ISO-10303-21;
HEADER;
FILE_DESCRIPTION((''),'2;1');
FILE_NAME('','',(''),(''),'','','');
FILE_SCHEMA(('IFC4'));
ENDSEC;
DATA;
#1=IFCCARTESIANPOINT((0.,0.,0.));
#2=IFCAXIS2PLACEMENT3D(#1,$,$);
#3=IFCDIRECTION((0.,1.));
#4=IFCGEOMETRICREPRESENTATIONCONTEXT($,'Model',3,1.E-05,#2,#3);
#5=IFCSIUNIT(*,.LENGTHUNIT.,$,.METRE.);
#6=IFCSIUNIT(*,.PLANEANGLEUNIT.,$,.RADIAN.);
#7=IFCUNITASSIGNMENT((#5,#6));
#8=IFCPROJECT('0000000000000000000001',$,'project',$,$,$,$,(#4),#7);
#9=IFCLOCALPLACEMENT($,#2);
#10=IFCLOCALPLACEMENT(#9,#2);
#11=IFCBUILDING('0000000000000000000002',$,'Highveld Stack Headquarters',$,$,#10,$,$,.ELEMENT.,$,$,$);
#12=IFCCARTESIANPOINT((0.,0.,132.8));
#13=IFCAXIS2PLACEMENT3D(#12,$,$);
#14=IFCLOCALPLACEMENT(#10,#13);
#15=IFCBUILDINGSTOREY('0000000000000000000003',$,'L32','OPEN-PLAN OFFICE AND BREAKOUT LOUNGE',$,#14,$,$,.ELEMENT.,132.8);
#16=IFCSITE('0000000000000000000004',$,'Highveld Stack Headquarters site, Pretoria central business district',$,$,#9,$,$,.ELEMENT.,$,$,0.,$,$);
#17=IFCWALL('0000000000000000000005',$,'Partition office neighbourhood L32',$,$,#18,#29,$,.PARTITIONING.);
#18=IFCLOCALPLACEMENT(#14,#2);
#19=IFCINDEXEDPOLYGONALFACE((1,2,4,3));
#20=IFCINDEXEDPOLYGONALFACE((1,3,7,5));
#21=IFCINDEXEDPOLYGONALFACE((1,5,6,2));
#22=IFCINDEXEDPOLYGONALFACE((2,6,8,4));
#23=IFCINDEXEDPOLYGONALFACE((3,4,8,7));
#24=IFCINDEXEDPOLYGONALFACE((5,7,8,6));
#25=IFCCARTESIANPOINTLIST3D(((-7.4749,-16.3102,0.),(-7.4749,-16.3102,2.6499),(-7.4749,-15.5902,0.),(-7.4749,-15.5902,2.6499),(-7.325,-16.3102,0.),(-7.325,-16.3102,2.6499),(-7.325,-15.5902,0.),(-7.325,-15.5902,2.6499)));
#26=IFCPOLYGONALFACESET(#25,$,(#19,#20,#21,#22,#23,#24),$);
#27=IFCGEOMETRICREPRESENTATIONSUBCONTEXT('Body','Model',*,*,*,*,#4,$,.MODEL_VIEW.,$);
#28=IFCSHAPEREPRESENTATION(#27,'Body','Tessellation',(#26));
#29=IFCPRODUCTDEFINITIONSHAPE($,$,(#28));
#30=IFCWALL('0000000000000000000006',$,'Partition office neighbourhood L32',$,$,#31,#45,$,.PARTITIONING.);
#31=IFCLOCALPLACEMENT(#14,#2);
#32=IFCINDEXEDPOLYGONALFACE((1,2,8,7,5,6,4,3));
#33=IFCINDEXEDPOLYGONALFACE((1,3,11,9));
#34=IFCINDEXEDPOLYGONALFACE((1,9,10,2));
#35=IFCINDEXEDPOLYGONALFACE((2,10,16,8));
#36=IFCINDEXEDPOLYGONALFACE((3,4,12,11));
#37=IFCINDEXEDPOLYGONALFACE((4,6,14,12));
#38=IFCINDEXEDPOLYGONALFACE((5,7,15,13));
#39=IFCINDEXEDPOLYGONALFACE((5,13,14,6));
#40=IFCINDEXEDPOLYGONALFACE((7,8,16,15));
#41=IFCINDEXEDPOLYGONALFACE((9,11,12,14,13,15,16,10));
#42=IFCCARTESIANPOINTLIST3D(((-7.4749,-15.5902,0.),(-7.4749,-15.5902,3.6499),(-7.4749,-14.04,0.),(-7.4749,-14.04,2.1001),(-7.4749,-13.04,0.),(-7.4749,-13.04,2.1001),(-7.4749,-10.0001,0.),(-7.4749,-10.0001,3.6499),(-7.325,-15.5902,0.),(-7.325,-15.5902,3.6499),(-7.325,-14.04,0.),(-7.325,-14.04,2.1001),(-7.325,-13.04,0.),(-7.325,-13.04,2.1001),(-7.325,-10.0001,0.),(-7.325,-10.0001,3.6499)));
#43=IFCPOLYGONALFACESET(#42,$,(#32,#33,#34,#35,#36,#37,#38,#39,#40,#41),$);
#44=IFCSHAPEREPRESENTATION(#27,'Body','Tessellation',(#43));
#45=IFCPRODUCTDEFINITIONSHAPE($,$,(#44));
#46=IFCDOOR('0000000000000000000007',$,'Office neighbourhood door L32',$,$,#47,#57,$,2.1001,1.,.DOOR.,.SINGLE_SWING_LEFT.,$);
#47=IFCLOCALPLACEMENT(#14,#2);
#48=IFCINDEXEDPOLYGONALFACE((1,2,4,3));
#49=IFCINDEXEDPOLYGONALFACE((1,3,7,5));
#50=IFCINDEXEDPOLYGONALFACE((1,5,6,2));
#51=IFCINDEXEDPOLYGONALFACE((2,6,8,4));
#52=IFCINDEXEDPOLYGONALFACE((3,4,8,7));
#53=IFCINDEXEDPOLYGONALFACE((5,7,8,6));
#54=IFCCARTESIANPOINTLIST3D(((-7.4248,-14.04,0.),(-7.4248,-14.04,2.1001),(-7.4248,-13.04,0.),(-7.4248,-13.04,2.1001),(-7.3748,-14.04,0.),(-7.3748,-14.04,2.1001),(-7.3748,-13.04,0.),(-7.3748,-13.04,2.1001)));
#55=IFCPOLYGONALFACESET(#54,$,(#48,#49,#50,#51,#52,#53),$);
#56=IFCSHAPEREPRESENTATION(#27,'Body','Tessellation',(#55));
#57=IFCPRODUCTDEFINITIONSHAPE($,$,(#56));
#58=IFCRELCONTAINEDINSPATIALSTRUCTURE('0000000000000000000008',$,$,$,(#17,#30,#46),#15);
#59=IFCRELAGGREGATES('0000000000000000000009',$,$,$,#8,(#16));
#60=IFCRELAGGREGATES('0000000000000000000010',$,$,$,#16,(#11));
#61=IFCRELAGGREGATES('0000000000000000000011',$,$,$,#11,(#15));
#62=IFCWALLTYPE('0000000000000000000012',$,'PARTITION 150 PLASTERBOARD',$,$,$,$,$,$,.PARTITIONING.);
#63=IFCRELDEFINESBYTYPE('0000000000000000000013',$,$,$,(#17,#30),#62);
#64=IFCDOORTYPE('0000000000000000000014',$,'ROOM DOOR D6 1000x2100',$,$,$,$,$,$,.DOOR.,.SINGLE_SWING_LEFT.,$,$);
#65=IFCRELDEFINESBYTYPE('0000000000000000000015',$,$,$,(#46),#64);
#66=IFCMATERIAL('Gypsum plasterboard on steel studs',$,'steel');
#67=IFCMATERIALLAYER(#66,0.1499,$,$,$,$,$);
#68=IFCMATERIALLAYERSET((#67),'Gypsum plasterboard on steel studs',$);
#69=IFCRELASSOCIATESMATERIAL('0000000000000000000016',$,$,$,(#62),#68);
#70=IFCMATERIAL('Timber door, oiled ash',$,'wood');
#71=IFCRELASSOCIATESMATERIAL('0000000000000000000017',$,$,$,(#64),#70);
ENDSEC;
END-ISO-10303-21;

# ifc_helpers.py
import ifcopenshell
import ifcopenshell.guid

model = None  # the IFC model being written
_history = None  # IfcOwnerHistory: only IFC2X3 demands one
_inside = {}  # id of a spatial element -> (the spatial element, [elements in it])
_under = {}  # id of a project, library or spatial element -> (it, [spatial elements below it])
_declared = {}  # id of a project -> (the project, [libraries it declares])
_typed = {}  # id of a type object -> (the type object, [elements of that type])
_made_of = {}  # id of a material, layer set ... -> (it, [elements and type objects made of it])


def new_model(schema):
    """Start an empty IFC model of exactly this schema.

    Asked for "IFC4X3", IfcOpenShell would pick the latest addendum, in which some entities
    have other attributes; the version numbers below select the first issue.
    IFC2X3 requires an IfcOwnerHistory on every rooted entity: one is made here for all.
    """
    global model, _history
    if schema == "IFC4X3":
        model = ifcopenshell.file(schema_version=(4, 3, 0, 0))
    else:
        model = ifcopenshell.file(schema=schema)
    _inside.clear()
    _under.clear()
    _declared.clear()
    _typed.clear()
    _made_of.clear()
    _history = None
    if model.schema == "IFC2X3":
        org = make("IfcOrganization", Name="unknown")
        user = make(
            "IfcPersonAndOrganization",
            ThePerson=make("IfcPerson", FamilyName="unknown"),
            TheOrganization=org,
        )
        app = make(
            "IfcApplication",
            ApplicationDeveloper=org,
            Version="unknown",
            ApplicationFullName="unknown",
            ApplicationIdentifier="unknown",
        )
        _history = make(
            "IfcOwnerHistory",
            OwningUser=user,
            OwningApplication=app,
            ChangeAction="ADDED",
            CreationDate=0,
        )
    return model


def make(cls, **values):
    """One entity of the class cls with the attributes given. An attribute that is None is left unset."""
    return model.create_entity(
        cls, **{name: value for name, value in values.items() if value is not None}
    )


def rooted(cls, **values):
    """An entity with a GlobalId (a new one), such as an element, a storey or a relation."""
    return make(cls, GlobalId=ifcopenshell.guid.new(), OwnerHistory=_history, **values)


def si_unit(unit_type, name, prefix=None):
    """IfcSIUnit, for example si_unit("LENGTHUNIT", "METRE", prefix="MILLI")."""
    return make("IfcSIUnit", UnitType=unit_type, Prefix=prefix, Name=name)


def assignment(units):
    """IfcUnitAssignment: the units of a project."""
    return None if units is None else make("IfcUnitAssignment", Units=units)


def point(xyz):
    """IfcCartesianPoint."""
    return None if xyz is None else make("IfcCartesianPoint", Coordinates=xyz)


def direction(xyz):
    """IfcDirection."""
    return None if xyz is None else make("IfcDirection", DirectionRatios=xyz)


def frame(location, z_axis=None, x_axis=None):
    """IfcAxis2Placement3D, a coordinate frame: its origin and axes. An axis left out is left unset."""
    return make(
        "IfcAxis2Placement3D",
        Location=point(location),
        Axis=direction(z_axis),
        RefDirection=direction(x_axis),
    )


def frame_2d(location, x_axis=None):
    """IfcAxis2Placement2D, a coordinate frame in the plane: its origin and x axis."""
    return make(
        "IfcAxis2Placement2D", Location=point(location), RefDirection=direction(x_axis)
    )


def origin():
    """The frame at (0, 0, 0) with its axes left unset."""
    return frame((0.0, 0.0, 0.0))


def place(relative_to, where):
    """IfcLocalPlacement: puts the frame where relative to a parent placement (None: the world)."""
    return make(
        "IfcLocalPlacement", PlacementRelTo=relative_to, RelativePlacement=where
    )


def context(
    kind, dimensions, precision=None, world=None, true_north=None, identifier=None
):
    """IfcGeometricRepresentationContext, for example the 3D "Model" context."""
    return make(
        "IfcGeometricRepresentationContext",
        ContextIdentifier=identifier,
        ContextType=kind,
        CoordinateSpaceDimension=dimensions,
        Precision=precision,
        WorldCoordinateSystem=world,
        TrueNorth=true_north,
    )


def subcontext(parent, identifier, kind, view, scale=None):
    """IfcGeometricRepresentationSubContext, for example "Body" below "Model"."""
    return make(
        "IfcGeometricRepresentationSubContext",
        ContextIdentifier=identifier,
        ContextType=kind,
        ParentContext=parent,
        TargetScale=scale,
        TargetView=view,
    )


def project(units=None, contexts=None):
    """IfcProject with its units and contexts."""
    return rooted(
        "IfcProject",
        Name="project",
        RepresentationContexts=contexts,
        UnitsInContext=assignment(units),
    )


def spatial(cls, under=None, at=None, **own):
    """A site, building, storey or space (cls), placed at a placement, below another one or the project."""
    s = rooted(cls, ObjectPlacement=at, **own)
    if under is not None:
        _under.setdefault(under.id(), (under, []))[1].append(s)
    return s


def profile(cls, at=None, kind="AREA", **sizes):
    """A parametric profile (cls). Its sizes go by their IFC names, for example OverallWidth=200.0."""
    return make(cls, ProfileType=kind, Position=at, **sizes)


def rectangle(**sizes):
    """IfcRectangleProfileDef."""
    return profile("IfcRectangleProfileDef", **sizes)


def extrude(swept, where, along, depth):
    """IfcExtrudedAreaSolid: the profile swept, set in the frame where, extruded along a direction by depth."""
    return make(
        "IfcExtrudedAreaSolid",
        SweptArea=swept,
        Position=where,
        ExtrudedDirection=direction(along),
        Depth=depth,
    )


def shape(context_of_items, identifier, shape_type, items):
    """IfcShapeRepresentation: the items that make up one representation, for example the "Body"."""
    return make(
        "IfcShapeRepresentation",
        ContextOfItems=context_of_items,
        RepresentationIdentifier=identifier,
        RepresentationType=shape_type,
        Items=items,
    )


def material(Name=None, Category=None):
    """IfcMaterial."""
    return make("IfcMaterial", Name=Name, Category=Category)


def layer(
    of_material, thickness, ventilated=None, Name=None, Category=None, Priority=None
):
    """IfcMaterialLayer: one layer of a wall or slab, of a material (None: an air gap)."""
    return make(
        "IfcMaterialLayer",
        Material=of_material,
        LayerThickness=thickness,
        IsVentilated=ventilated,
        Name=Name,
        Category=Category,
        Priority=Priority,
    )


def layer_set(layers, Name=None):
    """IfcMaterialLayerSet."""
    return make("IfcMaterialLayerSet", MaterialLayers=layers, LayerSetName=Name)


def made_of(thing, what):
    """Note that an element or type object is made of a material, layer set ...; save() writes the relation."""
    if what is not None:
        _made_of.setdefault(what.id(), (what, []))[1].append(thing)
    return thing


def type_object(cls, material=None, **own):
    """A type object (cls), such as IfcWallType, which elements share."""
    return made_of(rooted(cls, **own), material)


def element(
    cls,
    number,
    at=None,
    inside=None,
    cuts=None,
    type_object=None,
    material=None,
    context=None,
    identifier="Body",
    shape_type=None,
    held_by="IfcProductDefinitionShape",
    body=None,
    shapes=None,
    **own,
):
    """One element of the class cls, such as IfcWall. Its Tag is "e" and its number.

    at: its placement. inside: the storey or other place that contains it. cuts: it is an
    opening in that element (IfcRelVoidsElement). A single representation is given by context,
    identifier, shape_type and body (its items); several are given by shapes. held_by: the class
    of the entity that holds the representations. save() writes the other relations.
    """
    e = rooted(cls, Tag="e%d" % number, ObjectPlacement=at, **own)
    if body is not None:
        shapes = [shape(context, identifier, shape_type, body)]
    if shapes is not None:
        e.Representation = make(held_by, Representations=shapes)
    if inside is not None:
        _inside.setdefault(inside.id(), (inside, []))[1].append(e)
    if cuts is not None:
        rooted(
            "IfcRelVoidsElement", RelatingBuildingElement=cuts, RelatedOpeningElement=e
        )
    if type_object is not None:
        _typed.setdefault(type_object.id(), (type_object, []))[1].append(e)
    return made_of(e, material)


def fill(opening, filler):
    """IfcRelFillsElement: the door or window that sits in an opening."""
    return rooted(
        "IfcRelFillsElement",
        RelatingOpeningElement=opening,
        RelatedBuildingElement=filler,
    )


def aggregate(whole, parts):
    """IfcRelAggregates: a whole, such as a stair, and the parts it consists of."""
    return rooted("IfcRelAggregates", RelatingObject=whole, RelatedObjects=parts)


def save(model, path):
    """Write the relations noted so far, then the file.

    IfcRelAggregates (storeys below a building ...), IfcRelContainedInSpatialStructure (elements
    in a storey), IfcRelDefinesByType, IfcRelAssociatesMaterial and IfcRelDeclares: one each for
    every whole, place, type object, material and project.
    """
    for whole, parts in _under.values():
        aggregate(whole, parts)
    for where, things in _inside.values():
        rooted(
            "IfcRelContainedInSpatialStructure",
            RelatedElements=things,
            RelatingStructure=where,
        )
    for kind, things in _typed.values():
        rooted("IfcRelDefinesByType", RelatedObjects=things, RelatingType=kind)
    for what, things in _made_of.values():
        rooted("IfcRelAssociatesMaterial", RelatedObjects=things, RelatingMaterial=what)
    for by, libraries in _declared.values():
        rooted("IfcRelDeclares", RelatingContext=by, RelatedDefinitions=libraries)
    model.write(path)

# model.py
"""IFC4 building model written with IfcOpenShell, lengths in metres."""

from ifc_helpers import new_model, si_unit, direction, frame, frame_2d, origin, place, context, subcontext, project, spatial, rectangle, extrude, material, layer, layer_set, type_object, element, fill, save


model = new_model("IFC4")

# Units and contexts
model_context = context("Model", 3, precision=1e-05, world=origin(), true_north=direction((0.0, 1.0)))
body_context = subcontext(model_context, "Body", "Model", "MODEL_VIEW")
ifc_project = project(units=[si_unit("LENGTHUNIT", "METRE"), si_unit("PLANEANGLEUNIT", "RADIAN")], contexts=[model_context])

# Site, building, storey
site_placement = place(None, origin())
site = spatial("IfcSite", under=ifc_project, at=site_placement, Name="Highveld Stack Headquarters site, Pretoria central business district", CompositionType="ELEMENT", RefElevation=0.0)
building_placement = place(site_placement, origin())
building = spatial("IfcBuilding", under=site, at=building_placement, Name="Highveld Stack Headquarters", CompositionType="ELEMENT")
storey_placement = place(building_placement, frame((0.0, 0.0, 132.8)))
storey = spatial("IfcBuildingStorey", under=building, at=storey_placement, Name="L32", Description="OPEN-PLAN OFFICE AND BREAKOUT LOUNGE", CompositionType="ELEMENT", Elevation=132.8)

# Shared definitions
ifc_material_1 = material(Name="Gypsum plasterboard on steel studs", Category="steel")
ifc_layer = layer(ifc_material_1, 0.1499)
ifc_layer_set = layer_set([ifc_layer], Name="Gypsum plasterboard on steel studs")
wall_type = type_object("IfcWallType", Name="PARTITION 150 PLASTERBOARD", PredefinedType="PARTITIONING", material=ifc_layer_set)
ifc_material_2 = material(Name="Timber door, oiled ash", Category="wood")
door_type = type_object("IfcDoorType", Name="ROOM DOOR D6 1000x2100", OperationType="SINGLE_SWING_LEFT", PredefinedType="DOOR", material=ifc_material_2)

# Wall
wall_1_placement = place(storey_placement, frame((-7.3999, -16.3101, 0.0), z_axis=(0.0, 0.0, 1.0), x_axis=(0.0, 1.0, 0.0)))
element("IfcWall", 1, at=wall_1_placement, inside=storey, type_object=wall_type, Name="Partition office neighbourhood L32", PredefinedType="PARTITIONING", context=body_context, shape_type="SweptSolid", body=[
    extrude(rectangle(XDim=0.72, YDim=0.1499, at=frame_2d((0.3599, 0.0))), origin(), (0.0, 0.0, 1.0), 2.6499),
])

# Wall, opening, door
wall_2_placement = place(storey_placement, frame((-7.3999, -15.5901, 0.0), z_axis=(0.0, 0.0, 1.0), x_axis=(0.0, 1.0, 0.0)))
wall_2 = element("IfcWall", 2, at=wall_2_placement, inside=storey, type_object=wall_type, Name="Partition office neighbourhood L32", PredefinedType="PARTITIONING", context=body_context, shape_type="SweptSolid", body=[
    extrude(rectangle(XDim=5.5901, YDim=0.1499, at=frame_2d((2.7949, 0.0))), origin(), (0.0, 0.0, 1.0), 3.6499),
])
opening_1_placement = place(wall_2_placement, frame((1.55, 0.0, 0.0)))
opening_1 = element("IfcOpeningElement", 3, at=opening_1_placement, cuts=wall_2, PredefinedType="OPENING", context=body_context, shape_type="SweptSolid", body=[
    extrude(rectangle(XDim=1.0, YDim=2.1001, at=frame_2d((0.5, 1.05))), frame((0.0, 0.085, 0.0), z_axis=(0.0, -1.0, 0.0), x_axis=(1.0, 0.0, 0.0)), (0.0, 0.0, 1.0), 0.1699),
])
door_1_placement = place(opening_1_placement, origin())
door_1 = element("IfcDoor", 4, at=door_1_placement, inside=storey, type_object=door_type, Name="Office neighbourhood door L32", OperationType="SINGLE_SWING_LEFT", OverallHeight=2.1001, OverallWidth=1.0, PredefinedType="DOOR", context=body_context, shape_type="SweptSolid", body=[
    extrude(rectangle(XDim=1.0, YDim=2.1001, at=frame_2d((0.5, 1.05))), frame((0.0, 0.0249, 0.0), z_axis=(0.0, -1.0, 0.0), x_axis=(1.0, 0.0, 0.0)), (0.0, 0.0, 1.0), 0.05),
])
fill(opening_1, door_1)

save(model, "model.ifc")
